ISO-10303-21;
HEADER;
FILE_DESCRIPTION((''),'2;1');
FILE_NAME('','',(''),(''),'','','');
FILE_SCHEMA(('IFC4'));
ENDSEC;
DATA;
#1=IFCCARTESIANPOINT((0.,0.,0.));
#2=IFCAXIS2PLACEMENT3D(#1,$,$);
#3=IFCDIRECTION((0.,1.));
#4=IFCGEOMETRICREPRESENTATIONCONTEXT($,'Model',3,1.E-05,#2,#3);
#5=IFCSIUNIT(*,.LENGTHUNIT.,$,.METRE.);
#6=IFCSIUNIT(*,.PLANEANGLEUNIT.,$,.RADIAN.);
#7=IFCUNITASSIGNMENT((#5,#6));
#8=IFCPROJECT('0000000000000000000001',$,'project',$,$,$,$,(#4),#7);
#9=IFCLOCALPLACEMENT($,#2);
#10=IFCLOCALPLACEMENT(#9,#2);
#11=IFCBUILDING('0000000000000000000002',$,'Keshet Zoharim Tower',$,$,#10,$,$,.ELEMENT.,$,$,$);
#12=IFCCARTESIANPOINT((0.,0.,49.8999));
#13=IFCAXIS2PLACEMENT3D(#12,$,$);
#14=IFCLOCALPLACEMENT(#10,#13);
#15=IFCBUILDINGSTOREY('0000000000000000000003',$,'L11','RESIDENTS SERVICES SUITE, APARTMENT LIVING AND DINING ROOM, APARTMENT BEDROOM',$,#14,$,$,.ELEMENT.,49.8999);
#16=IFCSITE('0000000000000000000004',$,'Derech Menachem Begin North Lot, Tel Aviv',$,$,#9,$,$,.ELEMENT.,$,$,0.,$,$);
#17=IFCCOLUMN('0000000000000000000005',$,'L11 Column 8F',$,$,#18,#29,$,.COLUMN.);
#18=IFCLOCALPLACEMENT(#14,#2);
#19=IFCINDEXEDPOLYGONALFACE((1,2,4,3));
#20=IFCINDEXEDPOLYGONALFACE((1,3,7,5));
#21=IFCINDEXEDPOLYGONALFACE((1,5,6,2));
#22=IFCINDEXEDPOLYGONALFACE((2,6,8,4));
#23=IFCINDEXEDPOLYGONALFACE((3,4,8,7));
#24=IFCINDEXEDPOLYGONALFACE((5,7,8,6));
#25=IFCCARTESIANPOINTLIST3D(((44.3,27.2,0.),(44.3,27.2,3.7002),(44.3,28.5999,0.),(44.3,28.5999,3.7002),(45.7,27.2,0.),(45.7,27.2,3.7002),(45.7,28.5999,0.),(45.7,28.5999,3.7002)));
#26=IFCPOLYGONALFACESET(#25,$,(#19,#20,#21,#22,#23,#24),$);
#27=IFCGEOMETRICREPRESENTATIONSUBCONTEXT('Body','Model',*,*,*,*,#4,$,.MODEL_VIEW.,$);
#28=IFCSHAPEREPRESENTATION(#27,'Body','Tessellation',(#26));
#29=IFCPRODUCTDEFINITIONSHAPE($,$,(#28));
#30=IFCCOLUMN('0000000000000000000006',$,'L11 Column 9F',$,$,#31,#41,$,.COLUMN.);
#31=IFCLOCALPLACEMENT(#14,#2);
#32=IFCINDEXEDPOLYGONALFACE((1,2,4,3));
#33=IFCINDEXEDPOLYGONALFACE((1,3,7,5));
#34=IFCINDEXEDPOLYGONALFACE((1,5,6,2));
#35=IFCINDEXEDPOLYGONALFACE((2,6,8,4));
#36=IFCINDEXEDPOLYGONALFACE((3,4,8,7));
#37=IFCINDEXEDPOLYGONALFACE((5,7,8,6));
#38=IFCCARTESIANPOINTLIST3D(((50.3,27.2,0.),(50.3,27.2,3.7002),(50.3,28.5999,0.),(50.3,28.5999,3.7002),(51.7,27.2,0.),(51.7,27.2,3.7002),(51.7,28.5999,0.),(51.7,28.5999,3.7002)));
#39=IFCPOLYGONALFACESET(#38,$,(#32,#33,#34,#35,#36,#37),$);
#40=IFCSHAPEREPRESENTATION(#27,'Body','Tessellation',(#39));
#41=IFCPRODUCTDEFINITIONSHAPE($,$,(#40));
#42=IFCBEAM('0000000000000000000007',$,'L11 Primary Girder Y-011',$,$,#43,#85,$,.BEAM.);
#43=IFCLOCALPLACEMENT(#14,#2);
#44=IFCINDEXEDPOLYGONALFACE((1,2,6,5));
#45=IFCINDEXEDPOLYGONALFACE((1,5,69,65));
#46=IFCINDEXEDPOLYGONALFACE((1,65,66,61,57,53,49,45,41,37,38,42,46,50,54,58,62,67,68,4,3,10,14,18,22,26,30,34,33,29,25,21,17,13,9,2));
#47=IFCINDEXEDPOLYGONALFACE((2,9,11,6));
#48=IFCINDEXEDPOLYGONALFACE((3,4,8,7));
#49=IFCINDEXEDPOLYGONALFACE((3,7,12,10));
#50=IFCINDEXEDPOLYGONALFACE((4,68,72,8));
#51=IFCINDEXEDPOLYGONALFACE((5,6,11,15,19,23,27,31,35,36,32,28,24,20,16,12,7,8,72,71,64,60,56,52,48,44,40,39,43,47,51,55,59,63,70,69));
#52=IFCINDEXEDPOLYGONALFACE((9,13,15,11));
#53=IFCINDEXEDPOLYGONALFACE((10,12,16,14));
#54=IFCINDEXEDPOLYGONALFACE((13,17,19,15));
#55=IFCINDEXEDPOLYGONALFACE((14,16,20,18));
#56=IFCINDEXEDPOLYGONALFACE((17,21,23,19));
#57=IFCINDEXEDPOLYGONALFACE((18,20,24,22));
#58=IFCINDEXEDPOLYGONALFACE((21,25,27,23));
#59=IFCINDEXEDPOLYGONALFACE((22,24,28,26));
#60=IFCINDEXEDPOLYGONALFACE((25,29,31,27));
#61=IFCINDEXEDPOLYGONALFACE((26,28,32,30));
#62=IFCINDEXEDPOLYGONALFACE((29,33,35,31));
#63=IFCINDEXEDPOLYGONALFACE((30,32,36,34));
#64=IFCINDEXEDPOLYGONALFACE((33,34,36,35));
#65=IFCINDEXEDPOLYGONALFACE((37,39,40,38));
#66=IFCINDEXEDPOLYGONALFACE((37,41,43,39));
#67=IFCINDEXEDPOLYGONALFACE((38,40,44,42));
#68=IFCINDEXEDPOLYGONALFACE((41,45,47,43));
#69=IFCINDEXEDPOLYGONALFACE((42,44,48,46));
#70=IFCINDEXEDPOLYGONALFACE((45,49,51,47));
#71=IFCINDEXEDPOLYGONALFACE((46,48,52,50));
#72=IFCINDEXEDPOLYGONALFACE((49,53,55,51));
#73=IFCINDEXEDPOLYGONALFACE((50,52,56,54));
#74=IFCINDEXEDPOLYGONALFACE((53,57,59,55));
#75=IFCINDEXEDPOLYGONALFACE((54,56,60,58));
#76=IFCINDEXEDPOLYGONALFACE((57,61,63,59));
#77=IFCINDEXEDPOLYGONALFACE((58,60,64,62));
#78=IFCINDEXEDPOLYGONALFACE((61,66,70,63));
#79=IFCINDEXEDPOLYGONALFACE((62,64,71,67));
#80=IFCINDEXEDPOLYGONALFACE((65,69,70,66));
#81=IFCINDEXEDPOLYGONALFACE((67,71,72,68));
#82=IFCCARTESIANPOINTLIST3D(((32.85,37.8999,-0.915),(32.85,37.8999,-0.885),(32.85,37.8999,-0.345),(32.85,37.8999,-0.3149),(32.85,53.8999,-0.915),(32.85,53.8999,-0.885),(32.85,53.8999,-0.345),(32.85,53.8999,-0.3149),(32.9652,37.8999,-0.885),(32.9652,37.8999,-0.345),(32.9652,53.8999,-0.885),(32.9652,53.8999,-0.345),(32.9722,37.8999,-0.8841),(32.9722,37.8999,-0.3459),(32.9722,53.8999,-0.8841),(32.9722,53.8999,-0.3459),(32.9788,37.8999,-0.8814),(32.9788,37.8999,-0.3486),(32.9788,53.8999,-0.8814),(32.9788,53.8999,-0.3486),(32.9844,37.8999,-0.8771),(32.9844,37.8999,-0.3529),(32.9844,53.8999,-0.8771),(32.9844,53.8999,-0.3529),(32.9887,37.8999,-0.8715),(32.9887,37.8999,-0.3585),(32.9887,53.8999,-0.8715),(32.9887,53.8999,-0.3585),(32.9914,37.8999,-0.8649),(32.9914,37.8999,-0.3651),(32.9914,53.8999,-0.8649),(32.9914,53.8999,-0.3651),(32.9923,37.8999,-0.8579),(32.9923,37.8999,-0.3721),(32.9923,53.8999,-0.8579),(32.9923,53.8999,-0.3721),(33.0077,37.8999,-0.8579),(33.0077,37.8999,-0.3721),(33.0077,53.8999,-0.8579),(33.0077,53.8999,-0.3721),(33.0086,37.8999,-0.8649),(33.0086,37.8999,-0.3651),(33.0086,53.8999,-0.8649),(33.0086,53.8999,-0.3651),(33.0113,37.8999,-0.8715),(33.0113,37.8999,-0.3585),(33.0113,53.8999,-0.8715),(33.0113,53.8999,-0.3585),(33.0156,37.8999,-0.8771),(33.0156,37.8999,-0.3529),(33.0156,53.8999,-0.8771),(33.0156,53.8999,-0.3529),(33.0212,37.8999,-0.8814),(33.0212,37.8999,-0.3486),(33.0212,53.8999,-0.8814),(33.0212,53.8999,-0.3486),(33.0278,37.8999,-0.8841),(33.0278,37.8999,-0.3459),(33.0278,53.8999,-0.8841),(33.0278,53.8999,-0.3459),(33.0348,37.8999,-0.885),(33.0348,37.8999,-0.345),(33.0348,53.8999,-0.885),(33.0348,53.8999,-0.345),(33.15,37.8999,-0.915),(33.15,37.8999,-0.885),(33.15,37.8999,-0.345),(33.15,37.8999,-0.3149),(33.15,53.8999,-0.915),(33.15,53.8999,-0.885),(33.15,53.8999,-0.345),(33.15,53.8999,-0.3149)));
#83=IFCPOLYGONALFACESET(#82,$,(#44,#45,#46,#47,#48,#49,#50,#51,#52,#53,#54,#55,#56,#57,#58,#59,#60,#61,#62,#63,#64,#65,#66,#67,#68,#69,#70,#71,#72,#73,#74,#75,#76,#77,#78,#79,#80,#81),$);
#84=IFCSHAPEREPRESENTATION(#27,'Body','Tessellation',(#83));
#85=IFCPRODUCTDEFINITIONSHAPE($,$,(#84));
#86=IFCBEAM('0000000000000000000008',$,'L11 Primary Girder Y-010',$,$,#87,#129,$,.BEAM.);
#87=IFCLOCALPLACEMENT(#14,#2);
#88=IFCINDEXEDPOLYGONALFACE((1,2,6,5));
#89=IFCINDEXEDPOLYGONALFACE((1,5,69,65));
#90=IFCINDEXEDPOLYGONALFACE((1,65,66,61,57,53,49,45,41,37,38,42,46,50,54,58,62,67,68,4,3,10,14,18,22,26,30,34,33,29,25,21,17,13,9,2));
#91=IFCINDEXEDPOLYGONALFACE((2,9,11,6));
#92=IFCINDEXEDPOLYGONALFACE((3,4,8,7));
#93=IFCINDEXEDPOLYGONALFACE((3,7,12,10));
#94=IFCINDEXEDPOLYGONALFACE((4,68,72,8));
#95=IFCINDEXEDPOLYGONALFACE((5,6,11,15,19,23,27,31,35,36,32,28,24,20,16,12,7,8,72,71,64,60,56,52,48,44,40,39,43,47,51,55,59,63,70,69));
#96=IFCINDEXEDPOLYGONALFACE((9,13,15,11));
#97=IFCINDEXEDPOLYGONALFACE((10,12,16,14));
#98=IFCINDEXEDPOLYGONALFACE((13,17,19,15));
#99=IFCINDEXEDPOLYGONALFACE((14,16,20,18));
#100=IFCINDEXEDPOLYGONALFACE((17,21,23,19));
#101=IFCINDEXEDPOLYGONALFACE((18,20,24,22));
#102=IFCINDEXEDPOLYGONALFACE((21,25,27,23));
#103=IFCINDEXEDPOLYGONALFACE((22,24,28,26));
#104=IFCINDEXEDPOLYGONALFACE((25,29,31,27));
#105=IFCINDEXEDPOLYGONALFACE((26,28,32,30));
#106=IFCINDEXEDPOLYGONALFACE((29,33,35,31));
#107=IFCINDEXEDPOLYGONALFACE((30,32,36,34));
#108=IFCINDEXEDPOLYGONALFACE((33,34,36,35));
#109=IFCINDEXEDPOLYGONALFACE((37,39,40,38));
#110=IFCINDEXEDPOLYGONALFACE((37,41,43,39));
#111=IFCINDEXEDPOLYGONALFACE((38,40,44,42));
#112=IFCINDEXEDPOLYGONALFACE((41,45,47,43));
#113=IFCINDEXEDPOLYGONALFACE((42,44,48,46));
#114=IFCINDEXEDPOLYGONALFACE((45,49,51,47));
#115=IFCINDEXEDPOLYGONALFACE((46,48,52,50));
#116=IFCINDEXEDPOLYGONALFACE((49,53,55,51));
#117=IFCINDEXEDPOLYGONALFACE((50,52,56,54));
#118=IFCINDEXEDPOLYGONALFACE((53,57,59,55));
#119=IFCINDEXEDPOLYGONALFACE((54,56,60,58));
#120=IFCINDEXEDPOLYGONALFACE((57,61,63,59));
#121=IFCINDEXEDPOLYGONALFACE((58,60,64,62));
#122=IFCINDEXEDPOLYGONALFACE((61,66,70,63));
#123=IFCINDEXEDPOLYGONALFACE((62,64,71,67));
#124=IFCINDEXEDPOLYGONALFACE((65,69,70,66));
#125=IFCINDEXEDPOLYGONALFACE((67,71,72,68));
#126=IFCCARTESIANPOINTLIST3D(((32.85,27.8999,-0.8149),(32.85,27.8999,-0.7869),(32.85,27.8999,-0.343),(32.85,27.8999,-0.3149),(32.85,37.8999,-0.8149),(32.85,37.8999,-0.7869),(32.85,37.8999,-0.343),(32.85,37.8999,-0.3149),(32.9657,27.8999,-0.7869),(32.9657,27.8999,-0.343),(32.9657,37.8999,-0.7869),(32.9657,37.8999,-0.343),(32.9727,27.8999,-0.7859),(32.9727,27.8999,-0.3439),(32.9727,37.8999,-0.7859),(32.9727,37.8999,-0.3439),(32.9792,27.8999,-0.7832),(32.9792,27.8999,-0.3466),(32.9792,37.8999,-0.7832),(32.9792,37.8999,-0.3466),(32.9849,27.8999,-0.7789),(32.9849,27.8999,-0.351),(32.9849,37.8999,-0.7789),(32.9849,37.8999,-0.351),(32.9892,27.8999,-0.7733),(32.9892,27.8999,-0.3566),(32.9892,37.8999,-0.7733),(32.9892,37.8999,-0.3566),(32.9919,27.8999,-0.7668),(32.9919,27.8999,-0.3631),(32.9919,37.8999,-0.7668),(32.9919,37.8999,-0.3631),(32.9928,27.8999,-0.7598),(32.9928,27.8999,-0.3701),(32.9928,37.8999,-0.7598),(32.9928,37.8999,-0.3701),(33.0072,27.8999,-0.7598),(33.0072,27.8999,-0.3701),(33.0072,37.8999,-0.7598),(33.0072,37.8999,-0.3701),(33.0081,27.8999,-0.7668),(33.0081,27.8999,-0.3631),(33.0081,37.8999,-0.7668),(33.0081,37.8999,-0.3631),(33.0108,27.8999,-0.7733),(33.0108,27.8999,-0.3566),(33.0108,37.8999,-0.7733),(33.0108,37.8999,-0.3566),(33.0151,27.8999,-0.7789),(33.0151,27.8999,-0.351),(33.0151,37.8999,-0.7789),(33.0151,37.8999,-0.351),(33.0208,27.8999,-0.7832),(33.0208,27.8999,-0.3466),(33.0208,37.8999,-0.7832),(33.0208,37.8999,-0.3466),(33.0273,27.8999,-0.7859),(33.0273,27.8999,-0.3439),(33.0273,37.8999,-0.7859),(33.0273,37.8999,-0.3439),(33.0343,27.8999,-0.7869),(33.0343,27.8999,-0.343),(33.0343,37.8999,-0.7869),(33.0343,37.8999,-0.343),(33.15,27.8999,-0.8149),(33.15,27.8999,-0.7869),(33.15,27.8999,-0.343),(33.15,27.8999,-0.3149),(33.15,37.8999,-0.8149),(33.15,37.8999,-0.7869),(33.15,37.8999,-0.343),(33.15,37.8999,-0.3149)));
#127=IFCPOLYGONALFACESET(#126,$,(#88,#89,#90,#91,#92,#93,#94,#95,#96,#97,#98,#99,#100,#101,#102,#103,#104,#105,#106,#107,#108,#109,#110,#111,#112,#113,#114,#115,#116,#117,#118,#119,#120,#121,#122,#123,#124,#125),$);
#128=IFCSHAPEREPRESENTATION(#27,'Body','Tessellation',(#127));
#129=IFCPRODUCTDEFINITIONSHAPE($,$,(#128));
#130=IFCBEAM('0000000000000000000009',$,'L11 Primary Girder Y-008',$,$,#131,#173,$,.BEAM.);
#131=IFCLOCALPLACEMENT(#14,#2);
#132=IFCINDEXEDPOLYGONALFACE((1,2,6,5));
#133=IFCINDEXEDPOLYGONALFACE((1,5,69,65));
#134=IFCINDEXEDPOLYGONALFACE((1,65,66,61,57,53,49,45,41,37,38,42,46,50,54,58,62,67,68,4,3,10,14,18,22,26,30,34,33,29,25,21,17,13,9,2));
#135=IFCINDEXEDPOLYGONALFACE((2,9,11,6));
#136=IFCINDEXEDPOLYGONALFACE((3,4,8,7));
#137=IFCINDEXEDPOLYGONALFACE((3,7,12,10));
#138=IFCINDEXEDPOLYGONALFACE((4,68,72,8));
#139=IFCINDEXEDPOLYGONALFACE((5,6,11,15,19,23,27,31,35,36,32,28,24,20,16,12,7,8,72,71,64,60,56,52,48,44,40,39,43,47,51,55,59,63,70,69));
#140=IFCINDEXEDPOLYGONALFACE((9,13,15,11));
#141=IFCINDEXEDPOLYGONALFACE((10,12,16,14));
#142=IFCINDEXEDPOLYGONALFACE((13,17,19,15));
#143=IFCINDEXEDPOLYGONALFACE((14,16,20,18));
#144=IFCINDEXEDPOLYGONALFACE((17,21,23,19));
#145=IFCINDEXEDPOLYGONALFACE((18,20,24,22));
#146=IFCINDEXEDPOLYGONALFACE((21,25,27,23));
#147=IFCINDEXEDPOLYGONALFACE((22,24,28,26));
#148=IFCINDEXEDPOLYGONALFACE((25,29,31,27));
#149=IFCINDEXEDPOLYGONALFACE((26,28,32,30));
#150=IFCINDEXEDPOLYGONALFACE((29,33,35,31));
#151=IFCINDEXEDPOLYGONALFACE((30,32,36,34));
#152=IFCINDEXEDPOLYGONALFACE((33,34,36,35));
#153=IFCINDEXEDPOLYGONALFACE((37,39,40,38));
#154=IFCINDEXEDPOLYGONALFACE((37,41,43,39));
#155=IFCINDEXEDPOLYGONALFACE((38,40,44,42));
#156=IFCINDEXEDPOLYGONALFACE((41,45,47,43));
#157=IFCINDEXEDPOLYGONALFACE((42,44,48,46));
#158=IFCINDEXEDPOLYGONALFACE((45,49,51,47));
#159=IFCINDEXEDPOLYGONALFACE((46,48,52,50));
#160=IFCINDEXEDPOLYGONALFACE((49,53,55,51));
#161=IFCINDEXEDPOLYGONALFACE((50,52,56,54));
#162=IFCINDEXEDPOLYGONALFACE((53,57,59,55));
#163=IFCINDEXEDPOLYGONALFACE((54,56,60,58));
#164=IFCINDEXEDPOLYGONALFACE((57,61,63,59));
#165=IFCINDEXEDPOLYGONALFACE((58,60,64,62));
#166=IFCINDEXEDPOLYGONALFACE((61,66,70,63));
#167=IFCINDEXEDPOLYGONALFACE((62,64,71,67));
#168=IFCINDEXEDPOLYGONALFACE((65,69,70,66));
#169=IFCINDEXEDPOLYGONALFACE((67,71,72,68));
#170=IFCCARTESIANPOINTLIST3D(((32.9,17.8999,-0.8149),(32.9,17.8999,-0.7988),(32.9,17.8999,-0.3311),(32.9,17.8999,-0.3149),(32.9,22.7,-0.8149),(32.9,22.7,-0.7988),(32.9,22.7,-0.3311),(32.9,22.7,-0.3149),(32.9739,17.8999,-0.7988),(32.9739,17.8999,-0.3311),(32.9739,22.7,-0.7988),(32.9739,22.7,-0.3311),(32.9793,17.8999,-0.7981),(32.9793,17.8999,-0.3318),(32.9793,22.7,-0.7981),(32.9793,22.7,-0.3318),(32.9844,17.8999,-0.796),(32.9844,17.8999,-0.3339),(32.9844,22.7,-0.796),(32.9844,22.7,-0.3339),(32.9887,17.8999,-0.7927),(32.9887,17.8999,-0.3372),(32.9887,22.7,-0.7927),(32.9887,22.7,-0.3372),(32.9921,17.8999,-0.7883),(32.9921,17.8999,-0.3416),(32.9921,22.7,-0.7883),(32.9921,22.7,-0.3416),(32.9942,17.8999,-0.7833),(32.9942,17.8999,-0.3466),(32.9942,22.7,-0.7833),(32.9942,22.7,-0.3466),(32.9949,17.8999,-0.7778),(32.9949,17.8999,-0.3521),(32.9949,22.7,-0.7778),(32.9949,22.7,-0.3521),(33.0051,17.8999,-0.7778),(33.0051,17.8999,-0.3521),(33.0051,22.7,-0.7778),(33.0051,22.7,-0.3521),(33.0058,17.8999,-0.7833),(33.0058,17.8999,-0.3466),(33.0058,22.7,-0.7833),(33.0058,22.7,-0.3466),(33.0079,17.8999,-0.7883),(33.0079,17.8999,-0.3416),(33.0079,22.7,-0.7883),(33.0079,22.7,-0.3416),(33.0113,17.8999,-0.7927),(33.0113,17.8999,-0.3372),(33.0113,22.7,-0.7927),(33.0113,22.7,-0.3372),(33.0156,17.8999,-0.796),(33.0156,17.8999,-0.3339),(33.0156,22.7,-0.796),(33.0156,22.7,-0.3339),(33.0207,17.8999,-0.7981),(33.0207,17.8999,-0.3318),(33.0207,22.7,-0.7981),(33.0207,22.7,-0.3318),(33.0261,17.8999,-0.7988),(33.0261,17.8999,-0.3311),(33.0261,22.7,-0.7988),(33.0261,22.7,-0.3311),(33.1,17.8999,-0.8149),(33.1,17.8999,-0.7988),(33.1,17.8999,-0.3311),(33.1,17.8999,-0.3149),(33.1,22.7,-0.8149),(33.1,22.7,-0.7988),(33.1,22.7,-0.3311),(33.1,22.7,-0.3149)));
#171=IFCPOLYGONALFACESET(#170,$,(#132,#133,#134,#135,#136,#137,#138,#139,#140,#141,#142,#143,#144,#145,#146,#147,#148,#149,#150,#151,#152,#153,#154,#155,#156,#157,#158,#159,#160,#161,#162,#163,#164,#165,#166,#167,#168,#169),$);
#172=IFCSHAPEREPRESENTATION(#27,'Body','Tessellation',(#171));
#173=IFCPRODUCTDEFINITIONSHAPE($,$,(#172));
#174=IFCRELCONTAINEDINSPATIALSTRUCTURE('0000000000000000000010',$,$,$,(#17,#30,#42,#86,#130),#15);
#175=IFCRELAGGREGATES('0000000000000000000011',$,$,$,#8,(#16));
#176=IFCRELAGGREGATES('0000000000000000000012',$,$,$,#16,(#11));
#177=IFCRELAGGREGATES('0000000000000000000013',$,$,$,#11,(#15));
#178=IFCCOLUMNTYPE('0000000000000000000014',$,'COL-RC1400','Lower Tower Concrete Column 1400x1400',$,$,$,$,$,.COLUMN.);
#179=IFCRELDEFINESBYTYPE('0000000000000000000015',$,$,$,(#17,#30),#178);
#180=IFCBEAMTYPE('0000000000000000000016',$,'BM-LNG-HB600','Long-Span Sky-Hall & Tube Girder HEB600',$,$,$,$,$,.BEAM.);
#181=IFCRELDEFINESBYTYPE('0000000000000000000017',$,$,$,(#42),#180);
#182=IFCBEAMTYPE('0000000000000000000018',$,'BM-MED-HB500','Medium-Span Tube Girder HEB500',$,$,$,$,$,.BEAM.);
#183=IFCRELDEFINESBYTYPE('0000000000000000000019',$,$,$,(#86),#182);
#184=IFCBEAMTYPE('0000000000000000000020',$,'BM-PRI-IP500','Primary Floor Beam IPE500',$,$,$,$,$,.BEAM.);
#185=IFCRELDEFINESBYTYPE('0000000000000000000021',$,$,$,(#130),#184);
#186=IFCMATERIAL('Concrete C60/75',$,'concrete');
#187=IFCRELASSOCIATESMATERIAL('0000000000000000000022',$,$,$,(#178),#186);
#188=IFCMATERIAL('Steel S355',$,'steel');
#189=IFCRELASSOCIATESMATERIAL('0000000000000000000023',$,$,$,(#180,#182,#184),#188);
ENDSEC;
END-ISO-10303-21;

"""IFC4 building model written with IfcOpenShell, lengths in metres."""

from ifc_helpers import new_model, si_unit, direction, frame, origin, origin_2d, place, context, subcontext, project, spatial, rectangle, i_section, extrude, material, material_profile, profile_set, type_object, element, save


model = new_model("IFC4")

# Units and contexts
model_context = context("Model", 3, precision=1e-05, world=origin(), true_north=direction((0.0, 1.0)))
body_context = subcontext(model_context, "Body", "Model", "MODEL_VIEW")
ifc_project = project(units=[si_unit("LENGTHUNIT", "METRE"), si_unit("PLANEANGLEUNIT", "RADIAN")], contexts=[model_context])

# Site, building, storey
site_placement = place(None, origin())
site = spatial("IfcSite", under=ifc_project, at=site_placement, Name="Derech Menachem Begin North Lot, Tel Aviv", CompositionType="ELEMENT", RefElevation=0.0)
building_placement = place(site_placement, origin())
building = spatial("IfcBuilding", under=site, at=building_placement, Name="Keshet Zoharim Tower", CompositionType="ELEMENT")
storey_placement = place(building_placement, frame((0.0, 0.0, 49.8999)))
storey = spatial("IfcBuildingStorey", under=building, at=storey_placement, Name="L11", Description="RESIDENTS SERVICES SUITE, APARTMENT LIVING AND DINING ROOM, APARTMENT BEDROOM", CompositionType="ELEMENT", Elevation=49.8999)

# Columns
ifc_material_1 = material(Name="Concrete C60/75", Category="concrete")
ifc_material_profile_1 = material_profile(ifc_material_1, rectangle(XDim=1.3999, YDim=1.3999, at=origin_2d()), Name="RC1400x1400")
ifc_profile_set_1 = profile_set([ifc_material_profile_1], Name="Concrete C60/75")
column_type = type_object("IfcColumnType", Name="COL-RC1400", Description="Lower Tower Concrete Column 1400x1400", PredefinedType="COLUMN", material=ifc_profile_set_1)
for number, where, z_axis, x_axis, name in (
    (1, (45.0, 27.8999, 0.0), (0.0, 0.0, 1.0), (1.0, 0.0, 0.0), "L11 Column 8F"),
    (2, (51.0, 27.8999, 0.0), (0.0, 0.0, 1.0), (1.0, 0.0, 0.0), "L11 Column 9F"),
):
    element("IfcColumn", number, at=place(storey_placement, frame(where, z_axis=z_axis, x_axis=x_axis)), inside=storey, type_object=column_type, Name=name, PredefinedType="COLUMN", context=body_context, shape_type="SweptSolid", body=[
        extrude(rectangle(XDim=1.3999, YDim=1.3999, at=origin_2d()), origin(), (0.0, 0.0, 1.0), 3.7002),
    ])

# Beams
ifc_material_2 = material(Name="Steel S355", Category="steel")
ifc_material_profile_2 = material_profile(ifc_material_2, i_section(OverallWidth=0.3, OverallDepth=0.6001, WebThickness=0.0154, FlangeThickness=0.03, FilletRadius=0.0271, at=origin_2d()), Name="HEB600")
ifc_profile_set_2 = profile_set([ifc_material_profile_2], Name="Steel S355")
beam_type_1 = type_object("IfcBeamType", Name="BM-LNG-HB600", Description="Long-Span Sky-Hall & Tube Girder HEB600", PredefinedType="BEAM", material=ifc_profile_set_2)
beam_1_placement = place(storey_placement, frame((33.0, 37.8999, -0.615), z_axis=(0.0, 1.0, 0.0), x_axis=(-1.0, 0.0, 0.0)))
element("IfcBeam", 3, at=beam_1_placement, inside=storey, type_object=beam_type_1, Name="L11 Primary Girder Y-011", PredefinedType="BEAM", context=body_context, shape_type="SweptSolid", body=[
    extrude(i_section(OverallWidth=0.3, OverallDepth=0.6001, WebThickness=0.0154, FlangeThickness=0.03, FilletRadius=0.0271, at=origin_2d()), origin(), (0.0, 0.0, 1.0), 16.0),
])
ifc_material_profile_3 = material_profile(ifc_material_2, i_section(OverallWidth=0.3, OverallDepth=0.5, WebThickness=0.0144, FlangeThickness=0.0281, FilletRadius=0.0271, at=origin_2d()), Name="HEB500")
ifc_profile_set_3 = profile_set([ifc_material_profile_3], Name="Steel S355")
beam_type_2 = type_object("IfcBeamType", Name="BM-MED-HB500", Description="Medium-Span Tube Girder HEB500", PredefinedType="BEAM", material=ifc_profile_set_3)
beam_2_placement = place(storey_placement, frame((33.0, 27.8999, -0.5649), z_axis=(0.0, 1.0, 0.0), x_axis=(-1.0, 0.0, 0.0)))
element("IfcBeam", 4, at=beam_2_placement, inside=storey, type_object=beam_type_2, Name="L11 Primary Girder Y-010", PredefinedType="BEAM", context=body_context, shape_type="SweptSolid", body=[
    extrude(i_section(OverallWidth=0.3, OverallDepth=0.5, WebThickness=0.0144, FlangeThickness=0.0281, FilletRadius=0.0271, at=origin_2d()), origin(), (0.0, 0.0, 1.0), 10.0),
])
ifc_material_profile_4 = material_profile(ifc_material_2, i_section(OverallWidth=0.2, OverallDepth=0.5, WebThickness=0.0103, FlangeThickness=0.0161, FilletRadius=0.021, at=origin_2d()), Name="IPE500")
ifc_profile_set_4 = profile_set([ifc_material_profile_4], Name="Steel S355")
beam_type_3 = type_object("IfcBeamType", Name="BM-PRI-IP500", Description="Primary Floor Beam IPE500", PredefinedType="BEAM", material=ifc_profile_set_4)
beam_3_placement = place(storey_placement, frame((33.0, 17.8999, -0.5649), z_axis=(0.0, 1.0, 0.0), x_axis=(-1.0, 0.0, 0.0)))
element("IfcBeam", 5, at=beam_3_placement, inside=storey, type_object=beam_type_3, Name="L11 Primary Girder Y-008", PredefinedType="BEAM", context=body_context, shape_type="SweptSolid", body=[
    extrude(i_section(OverallWidth=0.2, OverallDepth=0.5, WebThickness=0.0103, FlangeThickness=0.0161, FilletRadius=0.021, at=origin_2d()), origin(), (0.0, 0.0, 1.0), 4.8),
])

save(model, "model.ifc")
